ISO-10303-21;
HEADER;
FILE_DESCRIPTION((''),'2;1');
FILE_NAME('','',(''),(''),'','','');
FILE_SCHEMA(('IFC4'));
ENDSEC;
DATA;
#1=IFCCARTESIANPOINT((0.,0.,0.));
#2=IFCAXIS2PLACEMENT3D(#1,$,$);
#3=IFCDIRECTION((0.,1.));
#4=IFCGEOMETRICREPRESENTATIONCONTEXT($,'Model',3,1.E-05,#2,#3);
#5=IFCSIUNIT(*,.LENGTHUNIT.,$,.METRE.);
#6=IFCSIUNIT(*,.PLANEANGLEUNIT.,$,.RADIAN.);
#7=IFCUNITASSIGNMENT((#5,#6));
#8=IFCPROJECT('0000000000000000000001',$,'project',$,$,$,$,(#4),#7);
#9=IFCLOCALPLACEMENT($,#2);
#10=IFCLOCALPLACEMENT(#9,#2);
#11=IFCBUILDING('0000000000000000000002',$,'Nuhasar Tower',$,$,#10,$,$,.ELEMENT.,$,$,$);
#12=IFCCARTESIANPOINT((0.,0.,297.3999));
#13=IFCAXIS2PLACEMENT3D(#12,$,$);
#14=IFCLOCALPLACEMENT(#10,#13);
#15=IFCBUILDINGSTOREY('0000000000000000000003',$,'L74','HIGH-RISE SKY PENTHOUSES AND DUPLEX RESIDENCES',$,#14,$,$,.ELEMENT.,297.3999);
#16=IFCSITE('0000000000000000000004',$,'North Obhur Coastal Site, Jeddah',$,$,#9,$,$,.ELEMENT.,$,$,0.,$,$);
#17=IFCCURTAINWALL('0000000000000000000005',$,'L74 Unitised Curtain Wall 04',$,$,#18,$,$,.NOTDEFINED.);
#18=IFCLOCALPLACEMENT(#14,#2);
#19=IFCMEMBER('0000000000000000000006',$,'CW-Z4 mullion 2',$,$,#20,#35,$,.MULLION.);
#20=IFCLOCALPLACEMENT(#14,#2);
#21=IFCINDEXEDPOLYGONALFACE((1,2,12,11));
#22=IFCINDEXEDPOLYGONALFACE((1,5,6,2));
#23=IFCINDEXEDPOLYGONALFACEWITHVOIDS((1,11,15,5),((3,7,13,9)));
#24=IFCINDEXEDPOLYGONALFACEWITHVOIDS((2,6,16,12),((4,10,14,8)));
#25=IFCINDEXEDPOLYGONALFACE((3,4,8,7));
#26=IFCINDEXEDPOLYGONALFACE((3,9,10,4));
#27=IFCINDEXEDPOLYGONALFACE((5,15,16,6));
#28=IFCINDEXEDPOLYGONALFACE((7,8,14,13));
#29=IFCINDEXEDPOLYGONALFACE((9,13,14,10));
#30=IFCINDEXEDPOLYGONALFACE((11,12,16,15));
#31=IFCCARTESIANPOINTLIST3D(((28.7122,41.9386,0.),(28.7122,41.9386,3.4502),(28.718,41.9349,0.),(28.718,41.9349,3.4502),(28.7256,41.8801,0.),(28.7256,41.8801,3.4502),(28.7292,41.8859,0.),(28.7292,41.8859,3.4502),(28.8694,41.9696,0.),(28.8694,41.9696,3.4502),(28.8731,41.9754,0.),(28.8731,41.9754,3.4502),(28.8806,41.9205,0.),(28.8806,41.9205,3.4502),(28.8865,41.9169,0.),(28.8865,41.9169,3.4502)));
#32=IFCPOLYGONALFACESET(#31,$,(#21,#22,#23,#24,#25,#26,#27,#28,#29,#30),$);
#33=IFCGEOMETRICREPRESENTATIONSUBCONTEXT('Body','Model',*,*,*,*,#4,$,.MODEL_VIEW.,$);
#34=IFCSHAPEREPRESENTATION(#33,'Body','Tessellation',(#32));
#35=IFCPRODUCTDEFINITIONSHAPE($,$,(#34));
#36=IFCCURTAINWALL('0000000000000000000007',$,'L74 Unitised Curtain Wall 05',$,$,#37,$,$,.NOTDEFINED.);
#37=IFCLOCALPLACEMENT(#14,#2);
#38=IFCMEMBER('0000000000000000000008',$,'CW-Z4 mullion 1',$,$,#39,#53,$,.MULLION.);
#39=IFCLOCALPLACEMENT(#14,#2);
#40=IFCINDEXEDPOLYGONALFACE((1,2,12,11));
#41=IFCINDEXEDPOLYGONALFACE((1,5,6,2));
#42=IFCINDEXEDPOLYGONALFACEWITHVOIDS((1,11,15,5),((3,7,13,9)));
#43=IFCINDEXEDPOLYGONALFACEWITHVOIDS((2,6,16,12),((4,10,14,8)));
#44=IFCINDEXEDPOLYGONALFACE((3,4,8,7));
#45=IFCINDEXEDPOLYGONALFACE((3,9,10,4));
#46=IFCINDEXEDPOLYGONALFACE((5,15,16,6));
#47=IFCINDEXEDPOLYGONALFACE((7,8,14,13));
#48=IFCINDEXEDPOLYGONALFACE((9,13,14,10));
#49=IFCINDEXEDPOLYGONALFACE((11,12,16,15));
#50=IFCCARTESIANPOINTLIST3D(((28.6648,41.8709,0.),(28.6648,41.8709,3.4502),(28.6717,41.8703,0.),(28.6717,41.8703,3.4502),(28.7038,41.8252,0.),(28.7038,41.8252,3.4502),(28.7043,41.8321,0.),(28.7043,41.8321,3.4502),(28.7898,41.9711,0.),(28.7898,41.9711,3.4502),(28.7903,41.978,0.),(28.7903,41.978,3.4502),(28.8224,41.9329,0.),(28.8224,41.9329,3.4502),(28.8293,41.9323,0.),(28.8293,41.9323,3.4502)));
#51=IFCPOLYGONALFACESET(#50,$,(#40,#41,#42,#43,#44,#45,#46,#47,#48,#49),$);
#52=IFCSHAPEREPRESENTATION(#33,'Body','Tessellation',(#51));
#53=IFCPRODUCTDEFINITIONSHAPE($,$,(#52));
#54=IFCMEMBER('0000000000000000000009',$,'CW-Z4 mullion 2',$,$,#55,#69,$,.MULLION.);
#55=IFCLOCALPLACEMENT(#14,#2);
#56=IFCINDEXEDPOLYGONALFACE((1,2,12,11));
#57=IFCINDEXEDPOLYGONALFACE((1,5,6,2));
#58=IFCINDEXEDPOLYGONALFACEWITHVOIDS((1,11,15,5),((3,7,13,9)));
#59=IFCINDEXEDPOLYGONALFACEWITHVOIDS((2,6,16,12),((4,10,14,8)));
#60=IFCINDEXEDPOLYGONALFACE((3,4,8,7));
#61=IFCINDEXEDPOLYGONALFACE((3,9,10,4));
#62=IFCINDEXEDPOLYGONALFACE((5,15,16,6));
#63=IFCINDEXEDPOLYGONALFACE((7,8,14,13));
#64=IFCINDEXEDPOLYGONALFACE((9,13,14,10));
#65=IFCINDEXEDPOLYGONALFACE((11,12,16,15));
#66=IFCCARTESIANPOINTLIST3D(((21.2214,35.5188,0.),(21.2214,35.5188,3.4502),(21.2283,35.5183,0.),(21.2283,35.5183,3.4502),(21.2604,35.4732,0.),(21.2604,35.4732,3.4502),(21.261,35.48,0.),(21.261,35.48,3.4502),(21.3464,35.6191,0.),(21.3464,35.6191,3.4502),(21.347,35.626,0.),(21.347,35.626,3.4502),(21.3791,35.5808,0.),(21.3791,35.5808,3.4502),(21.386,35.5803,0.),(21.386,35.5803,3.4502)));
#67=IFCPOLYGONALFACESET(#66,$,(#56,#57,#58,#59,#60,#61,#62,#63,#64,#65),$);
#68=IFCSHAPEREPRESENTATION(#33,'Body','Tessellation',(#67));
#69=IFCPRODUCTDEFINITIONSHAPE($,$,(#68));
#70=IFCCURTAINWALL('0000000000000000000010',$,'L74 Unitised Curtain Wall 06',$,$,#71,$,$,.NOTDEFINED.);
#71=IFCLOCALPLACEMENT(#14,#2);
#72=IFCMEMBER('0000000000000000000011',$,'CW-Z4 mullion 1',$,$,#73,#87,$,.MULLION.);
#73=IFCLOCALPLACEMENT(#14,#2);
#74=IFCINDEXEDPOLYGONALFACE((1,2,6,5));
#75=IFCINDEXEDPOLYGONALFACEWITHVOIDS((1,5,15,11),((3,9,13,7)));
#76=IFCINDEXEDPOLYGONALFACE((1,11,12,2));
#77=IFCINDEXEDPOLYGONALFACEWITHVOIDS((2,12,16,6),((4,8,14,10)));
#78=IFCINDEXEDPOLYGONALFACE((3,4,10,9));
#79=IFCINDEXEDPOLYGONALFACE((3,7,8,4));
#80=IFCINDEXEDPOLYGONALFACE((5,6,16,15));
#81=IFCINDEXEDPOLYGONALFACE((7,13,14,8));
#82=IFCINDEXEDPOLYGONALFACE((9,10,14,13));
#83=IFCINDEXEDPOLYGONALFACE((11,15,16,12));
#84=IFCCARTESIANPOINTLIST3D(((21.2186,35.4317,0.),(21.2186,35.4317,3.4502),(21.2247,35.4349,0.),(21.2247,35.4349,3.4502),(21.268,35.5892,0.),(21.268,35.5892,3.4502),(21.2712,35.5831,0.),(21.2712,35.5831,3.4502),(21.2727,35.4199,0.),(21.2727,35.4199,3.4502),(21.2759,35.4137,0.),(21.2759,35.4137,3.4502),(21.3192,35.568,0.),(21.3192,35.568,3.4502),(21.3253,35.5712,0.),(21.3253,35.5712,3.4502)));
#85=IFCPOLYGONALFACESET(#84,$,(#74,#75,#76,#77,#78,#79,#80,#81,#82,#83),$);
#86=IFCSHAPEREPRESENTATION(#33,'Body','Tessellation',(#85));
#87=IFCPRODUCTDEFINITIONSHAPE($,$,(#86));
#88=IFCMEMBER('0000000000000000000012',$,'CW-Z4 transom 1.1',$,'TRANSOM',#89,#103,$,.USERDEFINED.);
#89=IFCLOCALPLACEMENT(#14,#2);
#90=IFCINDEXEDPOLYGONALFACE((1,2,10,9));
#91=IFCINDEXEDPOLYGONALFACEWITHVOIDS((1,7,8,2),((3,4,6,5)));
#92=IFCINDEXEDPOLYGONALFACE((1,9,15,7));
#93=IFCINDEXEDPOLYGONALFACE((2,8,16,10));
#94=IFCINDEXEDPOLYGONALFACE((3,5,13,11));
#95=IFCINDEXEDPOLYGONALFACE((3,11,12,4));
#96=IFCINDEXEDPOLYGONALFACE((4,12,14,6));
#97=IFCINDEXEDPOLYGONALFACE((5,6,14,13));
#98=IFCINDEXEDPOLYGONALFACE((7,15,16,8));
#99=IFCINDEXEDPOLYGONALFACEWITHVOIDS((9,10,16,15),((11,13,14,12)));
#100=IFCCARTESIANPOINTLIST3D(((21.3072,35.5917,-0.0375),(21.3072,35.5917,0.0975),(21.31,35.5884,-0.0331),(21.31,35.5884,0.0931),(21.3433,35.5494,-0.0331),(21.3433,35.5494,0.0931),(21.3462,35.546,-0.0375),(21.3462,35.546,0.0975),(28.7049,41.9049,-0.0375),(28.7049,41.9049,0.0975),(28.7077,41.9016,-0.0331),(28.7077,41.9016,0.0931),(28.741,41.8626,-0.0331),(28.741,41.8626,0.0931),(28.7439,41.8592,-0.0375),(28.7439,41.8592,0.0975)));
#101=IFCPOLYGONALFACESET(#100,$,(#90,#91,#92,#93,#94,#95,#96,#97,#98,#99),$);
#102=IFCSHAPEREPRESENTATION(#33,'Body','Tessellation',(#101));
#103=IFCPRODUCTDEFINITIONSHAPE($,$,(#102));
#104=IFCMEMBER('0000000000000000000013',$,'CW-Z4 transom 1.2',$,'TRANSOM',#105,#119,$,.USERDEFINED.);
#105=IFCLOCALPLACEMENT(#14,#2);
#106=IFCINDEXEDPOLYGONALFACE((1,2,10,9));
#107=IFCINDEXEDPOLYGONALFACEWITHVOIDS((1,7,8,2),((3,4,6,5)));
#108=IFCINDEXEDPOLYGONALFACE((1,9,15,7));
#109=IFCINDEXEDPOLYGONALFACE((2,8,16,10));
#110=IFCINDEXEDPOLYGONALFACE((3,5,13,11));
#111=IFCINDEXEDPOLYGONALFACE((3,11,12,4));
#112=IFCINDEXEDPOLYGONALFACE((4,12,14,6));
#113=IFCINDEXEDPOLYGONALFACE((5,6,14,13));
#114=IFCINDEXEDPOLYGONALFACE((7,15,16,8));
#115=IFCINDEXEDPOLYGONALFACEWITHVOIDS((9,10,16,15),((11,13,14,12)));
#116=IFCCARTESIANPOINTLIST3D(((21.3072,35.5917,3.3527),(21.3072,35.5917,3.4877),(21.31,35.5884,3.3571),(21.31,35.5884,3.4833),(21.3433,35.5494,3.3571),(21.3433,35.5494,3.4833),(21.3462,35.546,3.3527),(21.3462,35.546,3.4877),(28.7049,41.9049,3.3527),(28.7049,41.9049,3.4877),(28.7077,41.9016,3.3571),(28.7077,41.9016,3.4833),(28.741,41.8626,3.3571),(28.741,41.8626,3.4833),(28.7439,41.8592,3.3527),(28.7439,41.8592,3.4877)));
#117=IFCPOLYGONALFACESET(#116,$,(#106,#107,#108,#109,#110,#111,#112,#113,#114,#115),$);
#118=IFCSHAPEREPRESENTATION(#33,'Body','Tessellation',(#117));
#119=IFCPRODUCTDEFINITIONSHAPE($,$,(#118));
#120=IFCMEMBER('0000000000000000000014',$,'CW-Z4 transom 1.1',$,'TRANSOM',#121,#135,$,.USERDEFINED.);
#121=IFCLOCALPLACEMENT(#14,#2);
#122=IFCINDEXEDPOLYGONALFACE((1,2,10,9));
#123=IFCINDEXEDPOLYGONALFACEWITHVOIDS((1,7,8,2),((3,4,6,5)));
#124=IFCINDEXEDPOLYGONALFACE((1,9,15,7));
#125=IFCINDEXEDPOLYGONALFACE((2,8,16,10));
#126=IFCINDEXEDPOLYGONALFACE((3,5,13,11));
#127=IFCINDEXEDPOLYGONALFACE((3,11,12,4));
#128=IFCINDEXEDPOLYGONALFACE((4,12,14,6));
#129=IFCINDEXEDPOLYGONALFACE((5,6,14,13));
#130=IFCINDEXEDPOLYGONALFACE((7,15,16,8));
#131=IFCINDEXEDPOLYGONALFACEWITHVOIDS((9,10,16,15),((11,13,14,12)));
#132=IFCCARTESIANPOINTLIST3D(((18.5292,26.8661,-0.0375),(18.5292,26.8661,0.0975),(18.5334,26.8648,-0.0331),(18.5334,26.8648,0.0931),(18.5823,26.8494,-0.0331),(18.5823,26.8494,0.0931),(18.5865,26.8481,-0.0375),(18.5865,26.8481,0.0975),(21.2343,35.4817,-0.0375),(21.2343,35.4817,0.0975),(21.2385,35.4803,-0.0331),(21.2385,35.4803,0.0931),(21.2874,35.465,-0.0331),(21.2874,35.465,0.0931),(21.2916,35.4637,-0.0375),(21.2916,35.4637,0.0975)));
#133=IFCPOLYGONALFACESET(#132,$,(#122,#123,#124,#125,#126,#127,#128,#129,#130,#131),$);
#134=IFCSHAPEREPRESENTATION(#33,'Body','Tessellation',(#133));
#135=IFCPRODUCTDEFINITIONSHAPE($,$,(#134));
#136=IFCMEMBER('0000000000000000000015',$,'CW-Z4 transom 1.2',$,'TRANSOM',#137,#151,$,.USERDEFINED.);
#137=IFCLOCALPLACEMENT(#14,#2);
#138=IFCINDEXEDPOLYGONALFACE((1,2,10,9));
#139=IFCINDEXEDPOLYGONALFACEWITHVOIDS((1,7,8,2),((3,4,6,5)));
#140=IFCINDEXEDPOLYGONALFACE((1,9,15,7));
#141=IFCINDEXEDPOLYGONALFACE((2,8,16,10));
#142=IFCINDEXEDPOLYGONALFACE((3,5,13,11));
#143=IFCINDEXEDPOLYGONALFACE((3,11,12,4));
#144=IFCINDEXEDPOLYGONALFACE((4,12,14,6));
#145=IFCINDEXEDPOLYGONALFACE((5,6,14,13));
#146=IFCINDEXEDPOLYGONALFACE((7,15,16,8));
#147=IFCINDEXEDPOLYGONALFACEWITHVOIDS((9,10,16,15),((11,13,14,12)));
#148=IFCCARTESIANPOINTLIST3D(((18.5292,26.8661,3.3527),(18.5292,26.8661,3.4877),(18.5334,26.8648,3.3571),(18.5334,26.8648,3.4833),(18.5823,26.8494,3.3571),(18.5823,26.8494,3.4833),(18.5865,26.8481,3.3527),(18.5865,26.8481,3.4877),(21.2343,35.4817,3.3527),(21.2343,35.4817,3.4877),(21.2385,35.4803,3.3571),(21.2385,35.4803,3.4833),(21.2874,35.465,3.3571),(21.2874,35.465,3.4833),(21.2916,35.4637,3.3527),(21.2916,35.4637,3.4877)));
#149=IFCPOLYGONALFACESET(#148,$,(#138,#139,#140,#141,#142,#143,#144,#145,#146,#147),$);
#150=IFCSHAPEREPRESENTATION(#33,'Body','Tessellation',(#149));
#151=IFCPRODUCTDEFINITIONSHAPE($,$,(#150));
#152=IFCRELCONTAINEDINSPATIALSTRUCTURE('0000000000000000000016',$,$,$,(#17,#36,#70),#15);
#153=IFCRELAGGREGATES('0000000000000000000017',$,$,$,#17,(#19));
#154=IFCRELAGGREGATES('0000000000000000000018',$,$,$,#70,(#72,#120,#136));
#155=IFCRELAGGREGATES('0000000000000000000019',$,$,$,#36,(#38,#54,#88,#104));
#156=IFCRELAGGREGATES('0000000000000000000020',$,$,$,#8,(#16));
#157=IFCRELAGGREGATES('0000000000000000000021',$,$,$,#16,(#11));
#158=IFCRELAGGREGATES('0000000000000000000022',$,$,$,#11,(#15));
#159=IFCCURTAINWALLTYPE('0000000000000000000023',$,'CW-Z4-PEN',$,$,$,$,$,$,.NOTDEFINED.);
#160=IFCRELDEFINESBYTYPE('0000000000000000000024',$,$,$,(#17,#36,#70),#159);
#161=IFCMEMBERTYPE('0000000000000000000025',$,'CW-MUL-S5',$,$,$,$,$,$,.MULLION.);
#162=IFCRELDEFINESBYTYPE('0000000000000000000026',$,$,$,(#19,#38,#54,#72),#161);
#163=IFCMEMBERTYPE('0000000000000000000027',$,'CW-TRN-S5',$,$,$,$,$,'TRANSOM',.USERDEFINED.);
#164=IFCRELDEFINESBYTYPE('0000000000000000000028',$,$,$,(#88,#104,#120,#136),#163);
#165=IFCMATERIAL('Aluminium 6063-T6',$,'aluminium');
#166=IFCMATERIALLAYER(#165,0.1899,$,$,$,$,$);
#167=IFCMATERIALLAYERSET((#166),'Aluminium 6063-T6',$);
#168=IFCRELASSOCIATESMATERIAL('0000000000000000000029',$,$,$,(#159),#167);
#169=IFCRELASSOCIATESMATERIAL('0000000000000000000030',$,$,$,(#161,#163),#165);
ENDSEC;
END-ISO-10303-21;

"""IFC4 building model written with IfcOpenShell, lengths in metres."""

from ifc_helpers import new_model, si_unit, direction, frame, origin, origin_2d, place, context, subcontext, project, spatial, hollow_rectangle, extrude, material, layer, layer_set, material_profile, profile_set, type_object, element, aggregate, save


model = new_model("IFC4")

# Units and contexts
model_context = context("Model", 3, precision=1e-05, world=origin(), true_north=direction((0.0, 1.0)))
body_context = subcontext(model_context, "Body", "Model", "MODEL_VIEW")
ifc_project = project(units=[si_unit("LENGTHUNIT", "METRE"), si_unit("PLANEANGLEUNIT", "RADIAN")], contexts=[model_context])

# Site, building, storey
site_placement = place(None, origin())
site = spatial("IfcSite", under=ifc_project, at=site_placement, Name="North Obhur Coastal Site, Jeddah", CompositionType="ELEMENT", RefElevation=0.0)
building_placement = place(site_placement, origin())
building = spatial("IfcBuilding", under=site, at=building_placement, Name="Nuhasar Tower", CompositionType="ELEMENT")
storey_placement = place(building_placement, frame((0.0, 0.0, 297.3999)))
storey = spatial("IfcBuildingStorey", under=building, at=storey_placement, Name="L74", Description="HIGH-RISE SKY PENTHOUSES AND DUPLEX RESIDENCES", CompositionType="ELEMENT", Elevation=297.3999)

# Curtain wall, member
ifc_material_1 = material(Name="Aluminium 6063-T6", Category="aluminium")
ifc_layer_1 = layer(ifc_material_1, 0.1899)
ifc_layer_set_1 = layer_set([ifc_layer_1], Name="Aluminium 6063-T6")
curtain_wall_type = type_object("IfcCurtainWallType", Name="CW-Z4-PEN", PredefinedType="NOTDEFINED", material=ifc_layer_set_1)
curtain_wall_1_placement = place(storey_placement, origin())
curtain_wall_1 = element("IfcCurtainWall", 1, at=curtain_wall_1_placement, inside=storey, type_object=curtain_wall_type, Name="L74 Unitised Curtain Wall 04", PredefinedType="NOTDEFINED")
ifc_material_profile_1 = material_profile(ifc_material_1, hollow_rectangle(XDim=0.0601, YDim=0.165, WallThickness=0.0049, at=origin_2d()), Name="CWM-5")
ifc_profile_set_1 = profile_set([ifc_material_profile_1], Name="Aluminium 6063-T6")
member_type_1 = type_object("IfcMemberType", Name="CW-MUL-S5", PredefinedType="MULLION", material=ifc_profile_set_1)
member_1_placement = place(storey_placement, frame((28.7993, 41.9277, 0.0), z_axis=(0.0, 0.0, 1.0), x_axis=(0.222889, -0.974844, 0.0)))
member_1 = element("IfcMember", 2, at=member_1_placement, type_object=member_type_1, Name="CW-Z4 mullion 2", PredefinedType="MULLION", context=body_context, shape_type="SweptSolid", body=[
    extrude(hollow_rectangle(XDim=0.0601, YDim=0.165, WallThickness=0.0049, at=origin_2d()), origin(), (0.0, 0.0, 1.0), 3.4502),
])
aggregate(curtain_wall_1, [member_1])

# Curtain wall, members
curtain_wall_2_placement = place(storey_placement, origin())
curtain_wall_2 = element("IfcCurtainWall", 3, at=curtain_wall_2_placement, inside=storey, type_object=curtain_wall_type, Name="L74 Unitised Curtain Wall 05", PredefinedType="NOTDEFINED")
member_2_placement = place(storey_placement, frame((28.7471, 41.9016, 0.0), z_axis=(0.0, 0.0, 1.0), x_axis=(0.649142, -0.760667, 0.0)))
member_2 = element("IfcMember", 4, at=member_2_placement, type_object=member_type_1, Name="CW-Z4 mullion 1", PredefinedType="MULLION", context=body_context, shape_type="SweptSolid", body=[
    extrude(hollow_rectangle(XDim=0.0601, YDim=0.165, WallThickness=0.0049, at=origin_2d()), origin(), (0.0, 0.0, 1.0), 3.4502),
])
member_3_placement = place(storey_placement, frame((21.3037, 35.5496, 0.0), z_axis=(0.0, 0.0, 1.0), x_axis=(0.649142, -0.760667, 0.0)))
member_3 = element("IfcMember", 5, at=member_3_placement, type_object=member_type_1, Name="CW-Z4 mullion 2", PredefinedType="MULLION", context=body_context, shape_type="SweptSolid", body=[
    extrude(hollow_rectangle(XDim=0.0601, YDim=0.165, WallThickness=0.0049, at=origin_2d()), origin(), (0.0, 0.0, 1.0), 3.4502),
])

# Curtain wall, member
curtain_wall_3_placement = place(storey_placement, origin())
curtain_wall_3 = element("IfcCurtainWall", 6, at=curtain_wall_3_placement, inside=storey, type_object=curtain_wall_type, Name="L74 Unitised Curtain Wall 06", PredefinedType="NOTDEFINED")
member_4_placement = place(storey_placement, frame((21.272, 35.5015, 0.0), z_axis=(0.0, 0.0, 1.0), x_axis=(0.954079, -0.299557, 0.0)))
member_4 = element("IfcMember", 7, at=member_4_placement, type_object=member_type_1, Name="CW-Z4 mullion 1", PredefinedType="MULLION", context=body_context, shape_type="SweptSolid", body=[
    extrude(hollow_rectangle(XDim=0.0601, YDim=0.165, WallThickness=0.0049, at=origin_2d()), origin(), (0.0, 0.0, 1.0), 3.4502),
])

# Members
ifc_material_profile_2 = material_profile(ifc_material_1, hollow_rectangle(XDim=0.0601, YDim=0.135, WallThickness=0.0044, at=origin_2d()), Name="CWT-5")
ifc_profile_set_2 = profile_set([ifc_material_profile_2], Name="Aluminium 6063-T6")
member_type_2 = type_object("IfcMemberType", Name="CW-TRN-S5", ElementType="TRANSOM", PredefinedType="USERDEFINED", material=ifc_profile_set_2)
member_5_placement = place(storey_placement, frame((28.7244, 41.8821, 0.03), z_axis=(-0.76066, -0.64915, 0.0), x_axis=(0.64915, -0.76066, 0.0)))
member_5 = element("IfcMember", 8, at=member_5_placement, type_object=member_type_2, Name="CW-Z4 transom 1.1", ObjectType="TRANSOM", PredefinedType="USERDEFINED", context=body_context, shape_type="SweptSolid", body=[
    extrude(hollow_rectangle(XDim=0.0601, YDim=0.135, WallThickness=0.0044, at=origin_2d()), origin(), (0.0, 0.0, 1.0), 9.7253),
])
member_6_placement = place(storey_placement, frame((28.7244, 41.8821, 3.4202), z_axis=(-0.76066, -0.64915, 0.0), x_axis=(0.64915, -0.76066, 0.0)))
member_6 = element("IfcMember", 9, at=member_6_placement, type_object=member_type_2, Name="CW-Z4 transom 1.2", ObjectType="TRANSOM", PredefinedType="USERDEFINED", context=body_context, shape_type="SweptSolid", body=[
    extrude(hollow_rectangle(XDim=0.0601, YDim=0.135, WallThickness=0.0044, at=origin_2d()), origin(), (0.0, 0.0, 1.0), 9.7253),
])
member_7_placement = place(storey_placement, frame((21.2629, 35.4727, 0.03), z_axis=(-0.29956, -0.954077, 0.0), x_axis=(0.954077, -0.29956, 0.0)))
member_7 = element("IfcMember", 10, at=member_7_placement, type_object=member_type_2, Name="CW-Z4 transom 1.1", ObjectType="TRANSOM", PredefinedType="USERDEFINED", context=body_context, shape_type="SweptSolid", body=[
    extrude(hollow_rectangle(XDim=0.0601, YDim=0.135, WallThickness=0.0044, at=origin_2d()), origin(), (0.0, 0.0, 1.0), 9.0303),
])
member_8_placement = place(storey_placement, frame((21.2629, 35.4727, 3.4202), z_axis=(-0.29956, -0.954077, 0.0), x_axis=(0.954077, -0.29956, 0.0)))
member_8 = element("IfcMember", 11, at=member_8_placement, type_object=member_type_2, Name="CW-Z4 transom 1.2", ObjectType="TRANSOM", PredefinedType="USERDEFINED", context=body_context, shape_type="SweptSolid", body=[
    extrude(hollow_rectangle(XDim=0.0601, YDim=0.135, WallThickness=0.0044, at=origin_2d()), origin(), (0.0, 0.0, 1.0), 9.0303),
])
aggregate(curtain_wall_3, [member_4, member_7, member_8])

aggregate(curtain_wall_2, [member_2, member_3, member_5, member_6])

save(model, "model.ifc")
